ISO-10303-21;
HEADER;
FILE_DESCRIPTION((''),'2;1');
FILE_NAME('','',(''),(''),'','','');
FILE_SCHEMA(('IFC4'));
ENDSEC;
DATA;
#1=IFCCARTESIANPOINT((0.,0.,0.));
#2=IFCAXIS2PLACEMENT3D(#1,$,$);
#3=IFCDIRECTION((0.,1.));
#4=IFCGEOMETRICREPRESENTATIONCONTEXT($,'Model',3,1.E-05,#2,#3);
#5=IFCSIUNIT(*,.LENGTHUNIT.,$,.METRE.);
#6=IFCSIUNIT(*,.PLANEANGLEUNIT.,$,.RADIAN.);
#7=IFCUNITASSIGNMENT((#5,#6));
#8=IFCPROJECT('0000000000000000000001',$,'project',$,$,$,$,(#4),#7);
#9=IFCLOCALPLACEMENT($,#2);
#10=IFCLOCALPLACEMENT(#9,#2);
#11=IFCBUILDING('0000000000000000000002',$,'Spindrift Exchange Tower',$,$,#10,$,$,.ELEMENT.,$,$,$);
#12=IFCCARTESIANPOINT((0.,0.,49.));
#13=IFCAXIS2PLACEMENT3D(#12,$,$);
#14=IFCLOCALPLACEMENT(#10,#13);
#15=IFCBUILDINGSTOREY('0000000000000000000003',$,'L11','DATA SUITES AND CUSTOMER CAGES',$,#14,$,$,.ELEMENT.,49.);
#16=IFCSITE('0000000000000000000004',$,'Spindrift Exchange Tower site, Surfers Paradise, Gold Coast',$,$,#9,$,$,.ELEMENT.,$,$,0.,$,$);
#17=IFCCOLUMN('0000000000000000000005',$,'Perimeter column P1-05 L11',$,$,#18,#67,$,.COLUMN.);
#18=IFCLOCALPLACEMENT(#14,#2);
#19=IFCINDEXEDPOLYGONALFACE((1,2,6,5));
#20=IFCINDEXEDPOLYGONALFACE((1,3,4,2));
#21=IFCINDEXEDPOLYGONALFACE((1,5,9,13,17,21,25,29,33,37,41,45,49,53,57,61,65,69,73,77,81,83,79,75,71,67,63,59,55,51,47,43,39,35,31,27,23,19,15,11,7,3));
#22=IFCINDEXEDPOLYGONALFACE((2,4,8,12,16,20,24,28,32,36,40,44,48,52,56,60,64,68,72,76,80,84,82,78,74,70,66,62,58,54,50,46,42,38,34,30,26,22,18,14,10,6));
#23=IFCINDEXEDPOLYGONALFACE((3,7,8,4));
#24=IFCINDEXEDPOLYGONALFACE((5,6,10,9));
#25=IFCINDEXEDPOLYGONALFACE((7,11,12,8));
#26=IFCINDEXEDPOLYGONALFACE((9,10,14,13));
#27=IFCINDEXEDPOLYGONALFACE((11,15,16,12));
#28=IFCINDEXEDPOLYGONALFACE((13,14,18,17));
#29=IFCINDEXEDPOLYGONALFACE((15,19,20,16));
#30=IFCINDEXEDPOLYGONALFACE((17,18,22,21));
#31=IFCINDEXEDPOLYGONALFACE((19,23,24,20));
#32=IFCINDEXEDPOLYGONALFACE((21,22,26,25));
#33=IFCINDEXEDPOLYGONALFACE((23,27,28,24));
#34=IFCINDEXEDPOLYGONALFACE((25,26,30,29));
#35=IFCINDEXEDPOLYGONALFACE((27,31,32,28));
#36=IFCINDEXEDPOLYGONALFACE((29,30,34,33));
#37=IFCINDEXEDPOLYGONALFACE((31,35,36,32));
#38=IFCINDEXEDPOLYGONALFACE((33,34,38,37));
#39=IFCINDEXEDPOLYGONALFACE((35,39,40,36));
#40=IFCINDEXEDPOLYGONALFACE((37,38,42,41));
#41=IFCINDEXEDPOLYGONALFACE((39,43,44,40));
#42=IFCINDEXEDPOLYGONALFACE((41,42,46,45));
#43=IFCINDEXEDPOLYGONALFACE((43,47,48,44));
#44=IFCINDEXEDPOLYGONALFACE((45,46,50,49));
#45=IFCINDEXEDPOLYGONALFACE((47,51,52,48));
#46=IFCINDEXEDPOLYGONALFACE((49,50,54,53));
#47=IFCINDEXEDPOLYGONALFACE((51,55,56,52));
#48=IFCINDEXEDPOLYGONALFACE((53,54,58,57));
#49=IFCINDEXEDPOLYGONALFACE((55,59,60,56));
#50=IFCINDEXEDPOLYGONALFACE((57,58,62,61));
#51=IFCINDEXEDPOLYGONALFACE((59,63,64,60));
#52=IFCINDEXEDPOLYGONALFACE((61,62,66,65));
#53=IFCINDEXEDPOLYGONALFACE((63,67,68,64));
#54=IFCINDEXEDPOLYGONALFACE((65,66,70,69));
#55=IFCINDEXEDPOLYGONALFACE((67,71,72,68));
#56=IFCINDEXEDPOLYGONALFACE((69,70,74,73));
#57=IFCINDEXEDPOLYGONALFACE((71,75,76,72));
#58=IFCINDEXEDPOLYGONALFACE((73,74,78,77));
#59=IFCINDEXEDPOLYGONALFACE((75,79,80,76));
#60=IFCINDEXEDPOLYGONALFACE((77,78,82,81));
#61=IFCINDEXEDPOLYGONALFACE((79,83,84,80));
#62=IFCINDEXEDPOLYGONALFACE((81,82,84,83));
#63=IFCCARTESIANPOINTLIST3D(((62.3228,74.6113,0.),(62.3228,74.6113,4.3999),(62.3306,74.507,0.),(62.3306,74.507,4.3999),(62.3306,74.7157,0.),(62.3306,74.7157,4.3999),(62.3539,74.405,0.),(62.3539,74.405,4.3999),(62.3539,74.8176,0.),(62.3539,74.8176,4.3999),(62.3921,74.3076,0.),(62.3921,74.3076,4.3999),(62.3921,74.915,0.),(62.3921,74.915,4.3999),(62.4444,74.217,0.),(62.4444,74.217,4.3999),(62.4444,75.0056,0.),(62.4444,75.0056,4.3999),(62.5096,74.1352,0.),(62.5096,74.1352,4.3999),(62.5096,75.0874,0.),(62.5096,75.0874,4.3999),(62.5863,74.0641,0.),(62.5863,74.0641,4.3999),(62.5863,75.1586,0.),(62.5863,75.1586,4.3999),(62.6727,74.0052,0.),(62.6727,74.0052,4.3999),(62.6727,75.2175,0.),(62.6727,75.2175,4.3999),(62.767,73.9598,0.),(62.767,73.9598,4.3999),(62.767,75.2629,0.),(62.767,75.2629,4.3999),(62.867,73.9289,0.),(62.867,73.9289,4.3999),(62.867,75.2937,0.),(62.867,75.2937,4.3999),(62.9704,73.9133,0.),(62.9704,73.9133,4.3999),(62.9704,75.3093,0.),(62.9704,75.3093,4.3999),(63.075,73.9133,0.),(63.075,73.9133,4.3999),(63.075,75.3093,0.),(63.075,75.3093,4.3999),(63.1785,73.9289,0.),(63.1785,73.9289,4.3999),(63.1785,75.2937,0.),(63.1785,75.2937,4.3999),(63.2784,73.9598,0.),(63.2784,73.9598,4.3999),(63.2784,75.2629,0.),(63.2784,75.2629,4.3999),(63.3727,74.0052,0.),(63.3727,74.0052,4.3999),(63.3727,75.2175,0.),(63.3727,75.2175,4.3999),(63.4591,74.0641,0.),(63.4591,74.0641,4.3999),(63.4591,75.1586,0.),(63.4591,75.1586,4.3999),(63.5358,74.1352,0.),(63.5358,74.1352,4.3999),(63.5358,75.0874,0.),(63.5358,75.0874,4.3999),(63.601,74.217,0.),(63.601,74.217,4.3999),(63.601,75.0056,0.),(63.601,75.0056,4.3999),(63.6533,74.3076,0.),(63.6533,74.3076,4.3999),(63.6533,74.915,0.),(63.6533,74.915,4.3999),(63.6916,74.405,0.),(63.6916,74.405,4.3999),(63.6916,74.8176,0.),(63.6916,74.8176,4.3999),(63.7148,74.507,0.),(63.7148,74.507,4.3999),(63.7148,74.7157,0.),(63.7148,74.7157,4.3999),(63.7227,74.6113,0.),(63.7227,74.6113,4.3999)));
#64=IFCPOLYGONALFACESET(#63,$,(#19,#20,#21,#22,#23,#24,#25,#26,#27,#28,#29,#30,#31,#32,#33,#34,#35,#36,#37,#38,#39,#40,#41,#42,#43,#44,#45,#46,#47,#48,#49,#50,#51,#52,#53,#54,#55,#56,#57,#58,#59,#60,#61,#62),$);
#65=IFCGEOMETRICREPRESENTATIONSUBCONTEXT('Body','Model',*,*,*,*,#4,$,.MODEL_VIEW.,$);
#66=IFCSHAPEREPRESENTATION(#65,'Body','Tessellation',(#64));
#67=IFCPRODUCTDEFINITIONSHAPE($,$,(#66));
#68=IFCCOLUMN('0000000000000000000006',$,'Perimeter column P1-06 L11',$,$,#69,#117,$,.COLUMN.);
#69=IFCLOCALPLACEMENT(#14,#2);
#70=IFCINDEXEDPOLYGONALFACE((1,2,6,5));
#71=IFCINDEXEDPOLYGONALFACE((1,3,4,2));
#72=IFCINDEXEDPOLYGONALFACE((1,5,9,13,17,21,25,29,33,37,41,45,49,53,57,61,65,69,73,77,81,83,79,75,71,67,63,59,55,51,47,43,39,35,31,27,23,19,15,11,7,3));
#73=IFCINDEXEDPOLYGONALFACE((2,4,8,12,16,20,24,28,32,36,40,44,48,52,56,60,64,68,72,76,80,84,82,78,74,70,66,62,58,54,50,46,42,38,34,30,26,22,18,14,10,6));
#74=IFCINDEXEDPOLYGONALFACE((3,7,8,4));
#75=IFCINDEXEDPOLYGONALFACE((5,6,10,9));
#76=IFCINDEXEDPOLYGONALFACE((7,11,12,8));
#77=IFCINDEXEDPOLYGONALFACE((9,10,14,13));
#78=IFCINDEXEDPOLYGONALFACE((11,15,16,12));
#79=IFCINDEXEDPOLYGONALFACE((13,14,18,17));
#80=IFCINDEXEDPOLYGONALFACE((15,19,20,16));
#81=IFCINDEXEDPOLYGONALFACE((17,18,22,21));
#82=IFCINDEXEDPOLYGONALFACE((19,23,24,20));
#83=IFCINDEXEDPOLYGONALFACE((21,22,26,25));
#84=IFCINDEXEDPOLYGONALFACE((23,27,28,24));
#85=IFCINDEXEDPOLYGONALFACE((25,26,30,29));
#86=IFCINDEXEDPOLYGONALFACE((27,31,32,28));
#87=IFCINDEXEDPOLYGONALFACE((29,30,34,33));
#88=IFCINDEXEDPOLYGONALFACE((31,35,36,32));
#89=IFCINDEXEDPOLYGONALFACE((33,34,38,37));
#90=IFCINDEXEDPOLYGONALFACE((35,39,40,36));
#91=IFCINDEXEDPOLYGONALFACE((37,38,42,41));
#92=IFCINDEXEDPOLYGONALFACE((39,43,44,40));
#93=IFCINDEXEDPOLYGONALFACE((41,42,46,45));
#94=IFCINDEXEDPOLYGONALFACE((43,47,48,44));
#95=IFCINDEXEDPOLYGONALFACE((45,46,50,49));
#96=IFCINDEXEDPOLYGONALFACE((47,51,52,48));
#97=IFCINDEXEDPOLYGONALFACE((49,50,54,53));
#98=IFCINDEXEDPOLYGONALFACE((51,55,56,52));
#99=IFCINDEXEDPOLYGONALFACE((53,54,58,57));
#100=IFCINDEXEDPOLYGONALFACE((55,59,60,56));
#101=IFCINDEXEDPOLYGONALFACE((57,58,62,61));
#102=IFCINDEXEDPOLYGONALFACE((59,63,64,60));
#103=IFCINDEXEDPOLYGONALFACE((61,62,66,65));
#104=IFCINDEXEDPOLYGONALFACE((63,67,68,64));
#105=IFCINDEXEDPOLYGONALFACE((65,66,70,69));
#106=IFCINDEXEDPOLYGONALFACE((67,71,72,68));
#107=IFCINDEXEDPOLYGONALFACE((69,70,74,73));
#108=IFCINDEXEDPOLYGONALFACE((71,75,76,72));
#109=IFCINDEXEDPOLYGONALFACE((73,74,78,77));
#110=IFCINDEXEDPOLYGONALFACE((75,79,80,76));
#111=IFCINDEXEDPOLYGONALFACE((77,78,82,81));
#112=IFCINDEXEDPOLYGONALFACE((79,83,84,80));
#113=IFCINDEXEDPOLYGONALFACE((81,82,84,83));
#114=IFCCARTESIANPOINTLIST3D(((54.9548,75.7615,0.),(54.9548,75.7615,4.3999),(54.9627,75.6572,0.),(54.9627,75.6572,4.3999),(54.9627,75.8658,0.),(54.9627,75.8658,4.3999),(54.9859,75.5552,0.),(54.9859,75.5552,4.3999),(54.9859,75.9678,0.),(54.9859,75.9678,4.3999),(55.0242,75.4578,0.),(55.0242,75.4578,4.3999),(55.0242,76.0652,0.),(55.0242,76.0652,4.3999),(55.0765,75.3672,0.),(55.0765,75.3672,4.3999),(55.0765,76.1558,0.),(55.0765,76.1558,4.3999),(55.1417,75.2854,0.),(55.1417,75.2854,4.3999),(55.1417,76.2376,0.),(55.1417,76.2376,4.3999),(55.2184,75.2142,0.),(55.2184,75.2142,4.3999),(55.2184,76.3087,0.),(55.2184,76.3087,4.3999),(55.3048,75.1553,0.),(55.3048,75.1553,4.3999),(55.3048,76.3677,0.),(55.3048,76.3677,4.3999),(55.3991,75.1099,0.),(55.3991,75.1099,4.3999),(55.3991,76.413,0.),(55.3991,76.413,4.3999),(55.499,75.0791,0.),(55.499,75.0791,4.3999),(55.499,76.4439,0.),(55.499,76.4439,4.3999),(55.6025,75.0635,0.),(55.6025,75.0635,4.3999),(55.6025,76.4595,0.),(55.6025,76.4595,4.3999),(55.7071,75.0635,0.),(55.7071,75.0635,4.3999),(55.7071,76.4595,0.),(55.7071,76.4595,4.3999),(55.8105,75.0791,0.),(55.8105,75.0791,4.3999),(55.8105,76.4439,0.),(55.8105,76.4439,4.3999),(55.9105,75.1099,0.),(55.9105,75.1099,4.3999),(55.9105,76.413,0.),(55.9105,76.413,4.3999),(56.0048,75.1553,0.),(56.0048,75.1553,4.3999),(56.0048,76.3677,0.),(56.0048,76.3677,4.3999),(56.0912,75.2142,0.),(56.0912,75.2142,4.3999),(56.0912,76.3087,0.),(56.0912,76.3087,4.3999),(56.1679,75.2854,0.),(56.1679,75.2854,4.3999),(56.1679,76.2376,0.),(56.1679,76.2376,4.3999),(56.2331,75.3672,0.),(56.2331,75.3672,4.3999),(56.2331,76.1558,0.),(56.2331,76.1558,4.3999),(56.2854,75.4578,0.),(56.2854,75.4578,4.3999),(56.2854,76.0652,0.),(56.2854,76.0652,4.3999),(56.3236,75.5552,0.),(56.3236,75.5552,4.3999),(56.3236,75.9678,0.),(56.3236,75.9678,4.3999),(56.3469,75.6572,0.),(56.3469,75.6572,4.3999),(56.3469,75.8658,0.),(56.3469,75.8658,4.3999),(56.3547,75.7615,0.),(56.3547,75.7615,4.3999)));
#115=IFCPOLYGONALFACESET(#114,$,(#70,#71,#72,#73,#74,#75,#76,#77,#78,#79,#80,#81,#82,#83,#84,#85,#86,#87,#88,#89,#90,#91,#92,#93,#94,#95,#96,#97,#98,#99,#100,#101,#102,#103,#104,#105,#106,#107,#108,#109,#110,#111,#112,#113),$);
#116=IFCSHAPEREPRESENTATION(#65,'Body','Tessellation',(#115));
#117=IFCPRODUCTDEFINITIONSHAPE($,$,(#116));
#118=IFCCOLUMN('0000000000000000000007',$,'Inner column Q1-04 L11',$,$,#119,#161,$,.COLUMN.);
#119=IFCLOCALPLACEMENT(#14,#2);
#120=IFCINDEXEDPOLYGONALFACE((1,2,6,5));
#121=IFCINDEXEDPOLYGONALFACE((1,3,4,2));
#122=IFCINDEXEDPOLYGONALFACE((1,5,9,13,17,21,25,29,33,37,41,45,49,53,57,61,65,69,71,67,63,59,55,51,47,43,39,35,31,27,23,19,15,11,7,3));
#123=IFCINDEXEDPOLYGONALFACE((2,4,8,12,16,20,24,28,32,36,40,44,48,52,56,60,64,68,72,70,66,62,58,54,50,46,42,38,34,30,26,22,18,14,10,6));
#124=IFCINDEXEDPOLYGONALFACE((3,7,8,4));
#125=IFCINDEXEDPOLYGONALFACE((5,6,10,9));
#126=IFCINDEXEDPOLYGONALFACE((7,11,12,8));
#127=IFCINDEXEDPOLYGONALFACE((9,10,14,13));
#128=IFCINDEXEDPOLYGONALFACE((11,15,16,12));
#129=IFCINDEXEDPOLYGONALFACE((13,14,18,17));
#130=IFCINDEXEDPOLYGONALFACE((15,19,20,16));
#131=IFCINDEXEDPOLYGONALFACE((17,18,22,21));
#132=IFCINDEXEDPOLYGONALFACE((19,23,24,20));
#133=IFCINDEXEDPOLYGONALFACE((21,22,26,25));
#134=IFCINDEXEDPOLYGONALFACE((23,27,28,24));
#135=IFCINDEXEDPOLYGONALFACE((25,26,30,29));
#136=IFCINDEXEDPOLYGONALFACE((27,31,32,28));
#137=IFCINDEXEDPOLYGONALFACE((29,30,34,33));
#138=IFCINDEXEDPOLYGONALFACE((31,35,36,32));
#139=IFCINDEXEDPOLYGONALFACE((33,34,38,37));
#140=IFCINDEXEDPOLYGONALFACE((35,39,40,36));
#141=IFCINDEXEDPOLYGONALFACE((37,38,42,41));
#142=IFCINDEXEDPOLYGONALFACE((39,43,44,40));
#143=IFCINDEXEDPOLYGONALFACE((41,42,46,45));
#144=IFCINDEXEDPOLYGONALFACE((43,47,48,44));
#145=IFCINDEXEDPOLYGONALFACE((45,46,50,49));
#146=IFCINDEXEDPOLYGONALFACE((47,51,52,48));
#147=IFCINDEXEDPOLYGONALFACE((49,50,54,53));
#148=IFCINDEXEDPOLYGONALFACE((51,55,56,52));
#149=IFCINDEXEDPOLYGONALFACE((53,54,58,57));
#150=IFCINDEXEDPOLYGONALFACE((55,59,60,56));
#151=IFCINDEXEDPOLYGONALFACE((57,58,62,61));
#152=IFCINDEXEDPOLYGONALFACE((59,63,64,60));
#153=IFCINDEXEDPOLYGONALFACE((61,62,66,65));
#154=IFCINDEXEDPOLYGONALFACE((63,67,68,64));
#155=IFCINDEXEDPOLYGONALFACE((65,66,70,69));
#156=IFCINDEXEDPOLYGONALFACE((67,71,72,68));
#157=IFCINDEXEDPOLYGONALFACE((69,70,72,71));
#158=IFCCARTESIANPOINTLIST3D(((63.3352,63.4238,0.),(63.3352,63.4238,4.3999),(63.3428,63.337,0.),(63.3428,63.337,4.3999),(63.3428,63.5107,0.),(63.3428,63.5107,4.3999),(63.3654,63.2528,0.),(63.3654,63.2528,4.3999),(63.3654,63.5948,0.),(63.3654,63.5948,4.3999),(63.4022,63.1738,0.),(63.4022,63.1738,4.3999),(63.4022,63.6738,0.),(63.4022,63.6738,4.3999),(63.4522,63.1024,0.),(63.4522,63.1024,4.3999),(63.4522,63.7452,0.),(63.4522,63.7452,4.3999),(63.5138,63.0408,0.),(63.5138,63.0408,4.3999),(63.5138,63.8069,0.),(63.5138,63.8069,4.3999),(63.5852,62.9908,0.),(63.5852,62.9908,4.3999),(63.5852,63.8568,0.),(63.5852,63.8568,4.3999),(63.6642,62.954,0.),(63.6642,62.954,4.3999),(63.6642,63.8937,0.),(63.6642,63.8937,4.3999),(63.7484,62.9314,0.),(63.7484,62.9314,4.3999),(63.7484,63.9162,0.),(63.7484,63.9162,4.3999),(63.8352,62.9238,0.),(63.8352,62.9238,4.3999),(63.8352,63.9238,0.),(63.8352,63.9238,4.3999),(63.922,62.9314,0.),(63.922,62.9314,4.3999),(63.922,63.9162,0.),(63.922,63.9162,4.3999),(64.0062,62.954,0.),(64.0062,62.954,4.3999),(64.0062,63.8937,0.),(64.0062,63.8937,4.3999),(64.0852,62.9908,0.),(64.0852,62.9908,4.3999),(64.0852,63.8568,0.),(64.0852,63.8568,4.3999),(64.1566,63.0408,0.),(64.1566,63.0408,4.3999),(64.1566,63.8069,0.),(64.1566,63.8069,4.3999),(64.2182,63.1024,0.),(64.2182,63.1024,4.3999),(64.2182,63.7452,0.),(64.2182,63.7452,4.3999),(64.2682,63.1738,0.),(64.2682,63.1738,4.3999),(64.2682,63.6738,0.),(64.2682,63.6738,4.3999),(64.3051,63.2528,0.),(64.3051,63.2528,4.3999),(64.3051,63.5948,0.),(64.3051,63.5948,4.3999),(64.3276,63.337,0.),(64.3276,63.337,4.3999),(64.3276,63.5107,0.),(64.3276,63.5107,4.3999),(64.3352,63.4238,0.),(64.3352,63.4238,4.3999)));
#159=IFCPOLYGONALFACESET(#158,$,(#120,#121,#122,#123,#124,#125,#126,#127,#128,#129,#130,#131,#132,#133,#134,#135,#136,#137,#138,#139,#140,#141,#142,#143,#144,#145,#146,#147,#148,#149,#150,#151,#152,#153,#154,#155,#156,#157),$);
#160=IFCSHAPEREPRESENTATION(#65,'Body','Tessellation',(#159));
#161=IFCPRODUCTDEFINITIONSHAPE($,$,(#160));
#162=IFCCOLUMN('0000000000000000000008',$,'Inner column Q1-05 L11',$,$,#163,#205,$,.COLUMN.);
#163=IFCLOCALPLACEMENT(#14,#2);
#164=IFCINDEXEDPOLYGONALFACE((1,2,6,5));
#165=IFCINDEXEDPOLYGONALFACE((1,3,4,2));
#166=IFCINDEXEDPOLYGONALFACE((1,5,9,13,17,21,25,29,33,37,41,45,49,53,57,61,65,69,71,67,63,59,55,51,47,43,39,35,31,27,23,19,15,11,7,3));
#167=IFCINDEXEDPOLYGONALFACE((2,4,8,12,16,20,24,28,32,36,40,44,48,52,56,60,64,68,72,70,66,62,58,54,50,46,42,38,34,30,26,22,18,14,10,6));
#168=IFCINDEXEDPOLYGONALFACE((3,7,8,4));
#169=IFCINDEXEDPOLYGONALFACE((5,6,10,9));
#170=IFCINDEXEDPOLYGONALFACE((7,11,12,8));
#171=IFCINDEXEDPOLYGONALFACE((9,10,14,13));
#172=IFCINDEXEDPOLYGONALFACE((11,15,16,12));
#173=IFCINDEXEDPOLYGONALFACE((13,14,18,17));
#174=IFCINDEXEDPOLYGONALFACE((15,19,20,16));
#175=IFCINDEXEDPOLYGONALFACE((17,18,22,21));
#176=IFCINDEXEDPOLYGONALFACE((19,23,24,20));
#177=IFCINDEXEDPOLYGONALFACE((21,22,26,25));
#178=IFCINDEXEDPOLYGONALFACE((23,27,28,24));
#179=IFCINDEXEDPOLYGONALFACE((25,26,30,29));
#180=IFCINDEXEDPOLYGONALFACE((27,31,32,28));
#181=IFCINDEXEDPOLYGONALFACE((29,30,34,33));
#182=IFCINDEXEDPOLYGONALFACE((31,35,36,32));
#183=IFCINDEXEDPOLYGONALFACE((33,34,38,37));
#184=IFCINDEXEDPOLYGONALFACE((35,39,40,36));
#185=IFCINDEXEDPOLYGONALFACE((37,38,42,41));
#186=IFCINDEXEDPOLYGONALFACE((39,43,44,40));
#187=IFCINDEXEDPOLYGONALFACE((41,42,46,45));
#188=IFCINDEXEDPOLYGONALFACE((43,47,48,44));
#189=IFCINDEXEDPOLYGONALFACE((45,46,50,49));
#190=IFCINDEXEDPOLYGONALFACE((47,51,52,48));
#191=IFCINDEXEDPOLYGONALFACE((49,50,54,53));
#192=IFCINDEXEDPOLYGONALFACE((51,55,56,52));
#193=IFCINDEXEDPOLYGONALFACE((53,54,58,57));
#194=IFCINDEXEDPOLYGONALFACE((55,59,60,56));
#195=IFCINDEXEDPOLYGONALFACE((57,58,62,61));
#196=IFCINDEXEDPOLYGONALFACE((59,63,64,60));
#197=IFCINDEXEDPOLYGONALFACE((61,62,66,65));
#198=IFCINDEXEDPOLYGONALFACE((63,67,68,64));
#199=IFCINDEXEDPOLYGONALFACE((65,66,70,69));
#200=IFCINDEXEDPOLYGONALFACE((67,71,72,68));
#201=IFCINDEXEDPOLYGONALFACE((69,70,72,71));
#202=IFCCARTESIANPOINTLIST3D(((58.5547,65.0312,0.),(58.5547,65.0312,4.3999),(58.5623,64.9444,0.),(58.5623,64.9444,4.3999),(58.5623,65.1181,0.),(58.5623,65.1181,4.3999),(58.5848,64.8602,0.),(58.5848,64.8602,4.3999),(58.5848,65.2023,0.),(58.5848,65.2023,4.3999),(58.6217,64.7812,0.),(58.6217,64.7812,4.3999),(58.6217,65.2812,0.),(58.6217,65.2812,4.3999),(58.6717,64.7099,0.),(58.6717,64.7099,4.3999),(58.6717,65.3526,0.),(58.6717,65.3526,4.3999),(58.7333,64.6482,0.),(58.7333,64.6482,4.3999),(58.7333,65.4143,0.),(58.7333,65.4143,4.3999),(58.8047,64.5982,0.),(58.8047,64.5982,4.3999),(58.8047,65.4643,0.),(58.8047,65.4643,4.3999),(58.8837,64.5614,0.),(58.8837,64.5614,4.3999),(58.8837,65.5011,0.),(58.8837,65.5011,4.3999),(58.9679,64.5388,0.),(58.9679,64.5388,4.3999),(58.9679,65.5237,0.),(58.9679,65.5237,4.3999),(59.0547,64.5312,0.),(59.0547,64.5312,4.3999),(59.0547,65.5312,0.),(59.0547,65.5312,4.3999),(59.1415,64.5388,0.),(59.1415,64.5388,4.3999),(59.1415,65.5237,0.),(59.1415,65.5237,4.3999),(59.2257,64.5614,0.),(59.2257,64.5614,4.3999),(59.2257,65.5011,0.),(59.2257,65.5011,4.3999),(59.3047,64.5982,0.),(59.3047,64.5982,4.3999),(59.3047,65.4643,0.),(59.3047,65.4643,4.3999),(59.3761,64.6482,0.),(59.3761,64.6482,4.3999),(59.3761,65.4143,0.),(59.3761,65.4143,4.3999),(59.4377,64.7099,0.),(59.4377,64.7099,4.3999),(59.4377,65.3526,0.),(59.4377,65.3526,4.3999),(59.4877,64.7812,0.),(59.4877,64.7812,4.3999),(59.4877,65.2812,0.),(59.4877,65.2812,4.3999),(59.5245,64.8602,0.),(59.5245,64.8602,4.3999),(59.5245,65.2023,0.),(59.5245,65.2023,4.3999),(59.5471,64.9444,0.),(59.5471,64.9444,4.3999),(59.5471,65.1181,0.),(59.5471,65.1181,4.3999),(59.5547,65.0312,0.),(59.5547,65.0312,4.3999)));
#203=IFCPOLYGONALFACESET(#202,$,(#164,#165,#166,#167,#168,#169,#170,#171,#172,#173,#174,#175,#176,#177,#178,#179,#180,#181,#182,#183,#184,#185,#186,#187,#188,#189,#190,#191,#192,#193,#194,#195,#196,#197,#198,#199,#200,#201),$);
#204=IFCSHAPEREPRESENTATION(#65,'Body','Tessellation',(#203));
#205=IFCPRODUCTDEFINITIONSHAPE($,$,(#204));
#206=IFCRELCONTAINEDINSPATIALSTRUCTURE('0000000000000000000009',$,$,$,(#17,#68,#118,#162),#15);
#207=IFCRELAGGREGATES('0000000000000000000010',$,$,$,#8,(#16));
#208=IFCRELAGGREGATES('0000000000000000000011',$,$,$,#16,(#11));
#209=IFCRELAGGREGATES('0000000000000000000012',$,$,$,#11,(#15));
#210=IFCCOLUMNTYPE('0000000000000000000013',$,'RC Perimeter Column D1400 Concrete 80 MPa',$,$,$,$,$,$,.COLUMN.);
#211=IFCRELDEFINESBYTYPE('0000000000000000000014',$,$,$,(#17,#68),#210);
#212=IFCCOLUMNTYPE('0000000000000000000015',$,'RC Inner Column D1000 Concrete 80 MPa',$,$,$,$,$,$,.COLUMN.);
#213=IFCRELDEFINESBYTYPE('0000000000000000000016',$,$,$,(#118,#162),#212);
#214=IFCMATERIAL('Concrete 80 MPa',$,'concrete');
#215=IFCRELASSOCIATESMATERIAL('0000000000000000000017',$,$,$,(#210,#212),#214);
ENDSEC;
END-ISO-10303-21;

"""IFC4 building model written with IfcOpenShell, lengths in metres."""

from ifc_helpers import new_model, si_unit, direction, frame, origin, origin_2d, place, context, subcontext, project, spatial, circle, extrude, source, transform, mapped, material, material_profile, profile_set, type_object, element, save


model = new_model("IFC4")

# Units and contexts
model_context = context("Model", 3, precision=1e-05, world=origin(), true_north=direction((0.0, 1.0)))
body_context = subcontext(model_context, "Body", "Model", "MODEL_VIEW")
ifc_project = project(units=[si_unit("LENGTHUNIT", "METRE"), si_unit("PLANEANGLEUNIT", "RADIAN")], contexts=[model_context])

# Site, building, storey
site_placement = place(None, origin())
site = spatial("IfcSite", under=ifc_project, at=site_placement, Name="Spindrift Exchange Tower site, Surfers Paradise, Gold Coast", CompositionType="ELEMENT", RefElevation=0.0)
building_placement = place(site_placement, origin())
building = spatial("IfcBuilding", under=site, at=building_placement, Name="Spindrift Exchange Tower", CompositionType="ELEMENT")
storey_placement = place(building_placement, frame((0.0, 0.0, 49.0)))
storey = spatial("IfcBuildingStorey", under=building, at=storey_placement, Name="L11", Description="DATA SUITES AND CUSTOMER CAGES", CompositionType="ELEMENT", Elevation=49.0)

# Columns
ifc_material_1 = material(Name="Concrete 80 MPa", Category="concrete")
ifc_material_profile_1 = material_profile(ifc_material_1, circle(Radius=0.7, at=origin_2d()), Name="RC D1400")
ifc_profile_set_1 = profile_set([ifc_material_profile_1], Name="Concrete 80 MPa")
column_type_1 = type_object("IfcColumnType", Name="RC Perimeter Column D1400 Concrete 80 MPa", PredefinedType="COLUMN", material=ifc_profile_set_1)
shared_shape_1 = source(origin(), body_context, "Body", "SweptSolid", [
    extrude(circle(Radius=0.7, at=origin_2d()), origin(), (0.0, 0.0, 1.0), 4.3999),
])
for number, where, z_axis, x_axis, name in (
    (1, (63.0227, 74.6113, 0.0), (0.0, 0.0, 1.0), (1.0, 0.0, 0.0), "Perimeter column P1-05 L11"),
    (2, (55.6548, 75.7615, 0.0), (0.0, 0.0, 1.0), (1.0, 0.0, 0.0), "Perimeter column P1-06 L11"),
):
    element("IfcColumn", number, at=place(storey_placement, frame(where, z_axis=z_axis, x_axis=x_axis)), inside=storey, type_object=column_type_1, Name=name, PredefinedType="COLUMN", context=body_context, shape_type="MappedRepresentation", body=[
        mapped(shared_shape_1, transform((0.0, 0.0, 0.0), scale=1.0)),
    ])
ifc_material_profile_2 = material_profile(ifc_material_1, circle(Radius=0.5, at=origin_2d()), Name="RC D1000")
ifc_profile_set_2 = profile_set([ifc_material_profile_2], Name="Concrete 80 MPa")
column_type_2 = type_object("IfcColumnType", Name="RC Inner Column D1000 Concrete 80 MPa", PredefinedType="COLUMN", material=ifc_profile_set_2)
shared_shape_2 = source(origin(), body_context, "Body", "SweptSolid", [
    extrude(circle(Radius=0.5, at=origin_2d()), origin(), (0.0, 0.0, 1.0), 4.3999),
])
for number, where, z_axis, x_axis, name in (
    (3, (63.8352, 63.4238, 0.0), (0.0, 0.0, 1.0), (1.0, 0.0, 0.0), "Inner column Q1-04 L11"),
    (4, (59.0547, 65.0312, 0.0), (0.0, 0.0, 1.0), (1.0, 0.0, 0.0), "Inner column Q1-05 L11"),
):
    element("IfcColumn", number, at=place(storey_placement, frame(where, z_axis=z_axis, x_axis=x_axis)), inside=storey, type_object=column_type_2, Name=name, PredefinedType="COLUMN", context=body_context, shape_type="MappedRepresentation", body=[
        mapped(shared_shape_2, transform((0.0, 0.0, 0.0), scale=1.0)),
    ])

save(model, "model.ifc")
